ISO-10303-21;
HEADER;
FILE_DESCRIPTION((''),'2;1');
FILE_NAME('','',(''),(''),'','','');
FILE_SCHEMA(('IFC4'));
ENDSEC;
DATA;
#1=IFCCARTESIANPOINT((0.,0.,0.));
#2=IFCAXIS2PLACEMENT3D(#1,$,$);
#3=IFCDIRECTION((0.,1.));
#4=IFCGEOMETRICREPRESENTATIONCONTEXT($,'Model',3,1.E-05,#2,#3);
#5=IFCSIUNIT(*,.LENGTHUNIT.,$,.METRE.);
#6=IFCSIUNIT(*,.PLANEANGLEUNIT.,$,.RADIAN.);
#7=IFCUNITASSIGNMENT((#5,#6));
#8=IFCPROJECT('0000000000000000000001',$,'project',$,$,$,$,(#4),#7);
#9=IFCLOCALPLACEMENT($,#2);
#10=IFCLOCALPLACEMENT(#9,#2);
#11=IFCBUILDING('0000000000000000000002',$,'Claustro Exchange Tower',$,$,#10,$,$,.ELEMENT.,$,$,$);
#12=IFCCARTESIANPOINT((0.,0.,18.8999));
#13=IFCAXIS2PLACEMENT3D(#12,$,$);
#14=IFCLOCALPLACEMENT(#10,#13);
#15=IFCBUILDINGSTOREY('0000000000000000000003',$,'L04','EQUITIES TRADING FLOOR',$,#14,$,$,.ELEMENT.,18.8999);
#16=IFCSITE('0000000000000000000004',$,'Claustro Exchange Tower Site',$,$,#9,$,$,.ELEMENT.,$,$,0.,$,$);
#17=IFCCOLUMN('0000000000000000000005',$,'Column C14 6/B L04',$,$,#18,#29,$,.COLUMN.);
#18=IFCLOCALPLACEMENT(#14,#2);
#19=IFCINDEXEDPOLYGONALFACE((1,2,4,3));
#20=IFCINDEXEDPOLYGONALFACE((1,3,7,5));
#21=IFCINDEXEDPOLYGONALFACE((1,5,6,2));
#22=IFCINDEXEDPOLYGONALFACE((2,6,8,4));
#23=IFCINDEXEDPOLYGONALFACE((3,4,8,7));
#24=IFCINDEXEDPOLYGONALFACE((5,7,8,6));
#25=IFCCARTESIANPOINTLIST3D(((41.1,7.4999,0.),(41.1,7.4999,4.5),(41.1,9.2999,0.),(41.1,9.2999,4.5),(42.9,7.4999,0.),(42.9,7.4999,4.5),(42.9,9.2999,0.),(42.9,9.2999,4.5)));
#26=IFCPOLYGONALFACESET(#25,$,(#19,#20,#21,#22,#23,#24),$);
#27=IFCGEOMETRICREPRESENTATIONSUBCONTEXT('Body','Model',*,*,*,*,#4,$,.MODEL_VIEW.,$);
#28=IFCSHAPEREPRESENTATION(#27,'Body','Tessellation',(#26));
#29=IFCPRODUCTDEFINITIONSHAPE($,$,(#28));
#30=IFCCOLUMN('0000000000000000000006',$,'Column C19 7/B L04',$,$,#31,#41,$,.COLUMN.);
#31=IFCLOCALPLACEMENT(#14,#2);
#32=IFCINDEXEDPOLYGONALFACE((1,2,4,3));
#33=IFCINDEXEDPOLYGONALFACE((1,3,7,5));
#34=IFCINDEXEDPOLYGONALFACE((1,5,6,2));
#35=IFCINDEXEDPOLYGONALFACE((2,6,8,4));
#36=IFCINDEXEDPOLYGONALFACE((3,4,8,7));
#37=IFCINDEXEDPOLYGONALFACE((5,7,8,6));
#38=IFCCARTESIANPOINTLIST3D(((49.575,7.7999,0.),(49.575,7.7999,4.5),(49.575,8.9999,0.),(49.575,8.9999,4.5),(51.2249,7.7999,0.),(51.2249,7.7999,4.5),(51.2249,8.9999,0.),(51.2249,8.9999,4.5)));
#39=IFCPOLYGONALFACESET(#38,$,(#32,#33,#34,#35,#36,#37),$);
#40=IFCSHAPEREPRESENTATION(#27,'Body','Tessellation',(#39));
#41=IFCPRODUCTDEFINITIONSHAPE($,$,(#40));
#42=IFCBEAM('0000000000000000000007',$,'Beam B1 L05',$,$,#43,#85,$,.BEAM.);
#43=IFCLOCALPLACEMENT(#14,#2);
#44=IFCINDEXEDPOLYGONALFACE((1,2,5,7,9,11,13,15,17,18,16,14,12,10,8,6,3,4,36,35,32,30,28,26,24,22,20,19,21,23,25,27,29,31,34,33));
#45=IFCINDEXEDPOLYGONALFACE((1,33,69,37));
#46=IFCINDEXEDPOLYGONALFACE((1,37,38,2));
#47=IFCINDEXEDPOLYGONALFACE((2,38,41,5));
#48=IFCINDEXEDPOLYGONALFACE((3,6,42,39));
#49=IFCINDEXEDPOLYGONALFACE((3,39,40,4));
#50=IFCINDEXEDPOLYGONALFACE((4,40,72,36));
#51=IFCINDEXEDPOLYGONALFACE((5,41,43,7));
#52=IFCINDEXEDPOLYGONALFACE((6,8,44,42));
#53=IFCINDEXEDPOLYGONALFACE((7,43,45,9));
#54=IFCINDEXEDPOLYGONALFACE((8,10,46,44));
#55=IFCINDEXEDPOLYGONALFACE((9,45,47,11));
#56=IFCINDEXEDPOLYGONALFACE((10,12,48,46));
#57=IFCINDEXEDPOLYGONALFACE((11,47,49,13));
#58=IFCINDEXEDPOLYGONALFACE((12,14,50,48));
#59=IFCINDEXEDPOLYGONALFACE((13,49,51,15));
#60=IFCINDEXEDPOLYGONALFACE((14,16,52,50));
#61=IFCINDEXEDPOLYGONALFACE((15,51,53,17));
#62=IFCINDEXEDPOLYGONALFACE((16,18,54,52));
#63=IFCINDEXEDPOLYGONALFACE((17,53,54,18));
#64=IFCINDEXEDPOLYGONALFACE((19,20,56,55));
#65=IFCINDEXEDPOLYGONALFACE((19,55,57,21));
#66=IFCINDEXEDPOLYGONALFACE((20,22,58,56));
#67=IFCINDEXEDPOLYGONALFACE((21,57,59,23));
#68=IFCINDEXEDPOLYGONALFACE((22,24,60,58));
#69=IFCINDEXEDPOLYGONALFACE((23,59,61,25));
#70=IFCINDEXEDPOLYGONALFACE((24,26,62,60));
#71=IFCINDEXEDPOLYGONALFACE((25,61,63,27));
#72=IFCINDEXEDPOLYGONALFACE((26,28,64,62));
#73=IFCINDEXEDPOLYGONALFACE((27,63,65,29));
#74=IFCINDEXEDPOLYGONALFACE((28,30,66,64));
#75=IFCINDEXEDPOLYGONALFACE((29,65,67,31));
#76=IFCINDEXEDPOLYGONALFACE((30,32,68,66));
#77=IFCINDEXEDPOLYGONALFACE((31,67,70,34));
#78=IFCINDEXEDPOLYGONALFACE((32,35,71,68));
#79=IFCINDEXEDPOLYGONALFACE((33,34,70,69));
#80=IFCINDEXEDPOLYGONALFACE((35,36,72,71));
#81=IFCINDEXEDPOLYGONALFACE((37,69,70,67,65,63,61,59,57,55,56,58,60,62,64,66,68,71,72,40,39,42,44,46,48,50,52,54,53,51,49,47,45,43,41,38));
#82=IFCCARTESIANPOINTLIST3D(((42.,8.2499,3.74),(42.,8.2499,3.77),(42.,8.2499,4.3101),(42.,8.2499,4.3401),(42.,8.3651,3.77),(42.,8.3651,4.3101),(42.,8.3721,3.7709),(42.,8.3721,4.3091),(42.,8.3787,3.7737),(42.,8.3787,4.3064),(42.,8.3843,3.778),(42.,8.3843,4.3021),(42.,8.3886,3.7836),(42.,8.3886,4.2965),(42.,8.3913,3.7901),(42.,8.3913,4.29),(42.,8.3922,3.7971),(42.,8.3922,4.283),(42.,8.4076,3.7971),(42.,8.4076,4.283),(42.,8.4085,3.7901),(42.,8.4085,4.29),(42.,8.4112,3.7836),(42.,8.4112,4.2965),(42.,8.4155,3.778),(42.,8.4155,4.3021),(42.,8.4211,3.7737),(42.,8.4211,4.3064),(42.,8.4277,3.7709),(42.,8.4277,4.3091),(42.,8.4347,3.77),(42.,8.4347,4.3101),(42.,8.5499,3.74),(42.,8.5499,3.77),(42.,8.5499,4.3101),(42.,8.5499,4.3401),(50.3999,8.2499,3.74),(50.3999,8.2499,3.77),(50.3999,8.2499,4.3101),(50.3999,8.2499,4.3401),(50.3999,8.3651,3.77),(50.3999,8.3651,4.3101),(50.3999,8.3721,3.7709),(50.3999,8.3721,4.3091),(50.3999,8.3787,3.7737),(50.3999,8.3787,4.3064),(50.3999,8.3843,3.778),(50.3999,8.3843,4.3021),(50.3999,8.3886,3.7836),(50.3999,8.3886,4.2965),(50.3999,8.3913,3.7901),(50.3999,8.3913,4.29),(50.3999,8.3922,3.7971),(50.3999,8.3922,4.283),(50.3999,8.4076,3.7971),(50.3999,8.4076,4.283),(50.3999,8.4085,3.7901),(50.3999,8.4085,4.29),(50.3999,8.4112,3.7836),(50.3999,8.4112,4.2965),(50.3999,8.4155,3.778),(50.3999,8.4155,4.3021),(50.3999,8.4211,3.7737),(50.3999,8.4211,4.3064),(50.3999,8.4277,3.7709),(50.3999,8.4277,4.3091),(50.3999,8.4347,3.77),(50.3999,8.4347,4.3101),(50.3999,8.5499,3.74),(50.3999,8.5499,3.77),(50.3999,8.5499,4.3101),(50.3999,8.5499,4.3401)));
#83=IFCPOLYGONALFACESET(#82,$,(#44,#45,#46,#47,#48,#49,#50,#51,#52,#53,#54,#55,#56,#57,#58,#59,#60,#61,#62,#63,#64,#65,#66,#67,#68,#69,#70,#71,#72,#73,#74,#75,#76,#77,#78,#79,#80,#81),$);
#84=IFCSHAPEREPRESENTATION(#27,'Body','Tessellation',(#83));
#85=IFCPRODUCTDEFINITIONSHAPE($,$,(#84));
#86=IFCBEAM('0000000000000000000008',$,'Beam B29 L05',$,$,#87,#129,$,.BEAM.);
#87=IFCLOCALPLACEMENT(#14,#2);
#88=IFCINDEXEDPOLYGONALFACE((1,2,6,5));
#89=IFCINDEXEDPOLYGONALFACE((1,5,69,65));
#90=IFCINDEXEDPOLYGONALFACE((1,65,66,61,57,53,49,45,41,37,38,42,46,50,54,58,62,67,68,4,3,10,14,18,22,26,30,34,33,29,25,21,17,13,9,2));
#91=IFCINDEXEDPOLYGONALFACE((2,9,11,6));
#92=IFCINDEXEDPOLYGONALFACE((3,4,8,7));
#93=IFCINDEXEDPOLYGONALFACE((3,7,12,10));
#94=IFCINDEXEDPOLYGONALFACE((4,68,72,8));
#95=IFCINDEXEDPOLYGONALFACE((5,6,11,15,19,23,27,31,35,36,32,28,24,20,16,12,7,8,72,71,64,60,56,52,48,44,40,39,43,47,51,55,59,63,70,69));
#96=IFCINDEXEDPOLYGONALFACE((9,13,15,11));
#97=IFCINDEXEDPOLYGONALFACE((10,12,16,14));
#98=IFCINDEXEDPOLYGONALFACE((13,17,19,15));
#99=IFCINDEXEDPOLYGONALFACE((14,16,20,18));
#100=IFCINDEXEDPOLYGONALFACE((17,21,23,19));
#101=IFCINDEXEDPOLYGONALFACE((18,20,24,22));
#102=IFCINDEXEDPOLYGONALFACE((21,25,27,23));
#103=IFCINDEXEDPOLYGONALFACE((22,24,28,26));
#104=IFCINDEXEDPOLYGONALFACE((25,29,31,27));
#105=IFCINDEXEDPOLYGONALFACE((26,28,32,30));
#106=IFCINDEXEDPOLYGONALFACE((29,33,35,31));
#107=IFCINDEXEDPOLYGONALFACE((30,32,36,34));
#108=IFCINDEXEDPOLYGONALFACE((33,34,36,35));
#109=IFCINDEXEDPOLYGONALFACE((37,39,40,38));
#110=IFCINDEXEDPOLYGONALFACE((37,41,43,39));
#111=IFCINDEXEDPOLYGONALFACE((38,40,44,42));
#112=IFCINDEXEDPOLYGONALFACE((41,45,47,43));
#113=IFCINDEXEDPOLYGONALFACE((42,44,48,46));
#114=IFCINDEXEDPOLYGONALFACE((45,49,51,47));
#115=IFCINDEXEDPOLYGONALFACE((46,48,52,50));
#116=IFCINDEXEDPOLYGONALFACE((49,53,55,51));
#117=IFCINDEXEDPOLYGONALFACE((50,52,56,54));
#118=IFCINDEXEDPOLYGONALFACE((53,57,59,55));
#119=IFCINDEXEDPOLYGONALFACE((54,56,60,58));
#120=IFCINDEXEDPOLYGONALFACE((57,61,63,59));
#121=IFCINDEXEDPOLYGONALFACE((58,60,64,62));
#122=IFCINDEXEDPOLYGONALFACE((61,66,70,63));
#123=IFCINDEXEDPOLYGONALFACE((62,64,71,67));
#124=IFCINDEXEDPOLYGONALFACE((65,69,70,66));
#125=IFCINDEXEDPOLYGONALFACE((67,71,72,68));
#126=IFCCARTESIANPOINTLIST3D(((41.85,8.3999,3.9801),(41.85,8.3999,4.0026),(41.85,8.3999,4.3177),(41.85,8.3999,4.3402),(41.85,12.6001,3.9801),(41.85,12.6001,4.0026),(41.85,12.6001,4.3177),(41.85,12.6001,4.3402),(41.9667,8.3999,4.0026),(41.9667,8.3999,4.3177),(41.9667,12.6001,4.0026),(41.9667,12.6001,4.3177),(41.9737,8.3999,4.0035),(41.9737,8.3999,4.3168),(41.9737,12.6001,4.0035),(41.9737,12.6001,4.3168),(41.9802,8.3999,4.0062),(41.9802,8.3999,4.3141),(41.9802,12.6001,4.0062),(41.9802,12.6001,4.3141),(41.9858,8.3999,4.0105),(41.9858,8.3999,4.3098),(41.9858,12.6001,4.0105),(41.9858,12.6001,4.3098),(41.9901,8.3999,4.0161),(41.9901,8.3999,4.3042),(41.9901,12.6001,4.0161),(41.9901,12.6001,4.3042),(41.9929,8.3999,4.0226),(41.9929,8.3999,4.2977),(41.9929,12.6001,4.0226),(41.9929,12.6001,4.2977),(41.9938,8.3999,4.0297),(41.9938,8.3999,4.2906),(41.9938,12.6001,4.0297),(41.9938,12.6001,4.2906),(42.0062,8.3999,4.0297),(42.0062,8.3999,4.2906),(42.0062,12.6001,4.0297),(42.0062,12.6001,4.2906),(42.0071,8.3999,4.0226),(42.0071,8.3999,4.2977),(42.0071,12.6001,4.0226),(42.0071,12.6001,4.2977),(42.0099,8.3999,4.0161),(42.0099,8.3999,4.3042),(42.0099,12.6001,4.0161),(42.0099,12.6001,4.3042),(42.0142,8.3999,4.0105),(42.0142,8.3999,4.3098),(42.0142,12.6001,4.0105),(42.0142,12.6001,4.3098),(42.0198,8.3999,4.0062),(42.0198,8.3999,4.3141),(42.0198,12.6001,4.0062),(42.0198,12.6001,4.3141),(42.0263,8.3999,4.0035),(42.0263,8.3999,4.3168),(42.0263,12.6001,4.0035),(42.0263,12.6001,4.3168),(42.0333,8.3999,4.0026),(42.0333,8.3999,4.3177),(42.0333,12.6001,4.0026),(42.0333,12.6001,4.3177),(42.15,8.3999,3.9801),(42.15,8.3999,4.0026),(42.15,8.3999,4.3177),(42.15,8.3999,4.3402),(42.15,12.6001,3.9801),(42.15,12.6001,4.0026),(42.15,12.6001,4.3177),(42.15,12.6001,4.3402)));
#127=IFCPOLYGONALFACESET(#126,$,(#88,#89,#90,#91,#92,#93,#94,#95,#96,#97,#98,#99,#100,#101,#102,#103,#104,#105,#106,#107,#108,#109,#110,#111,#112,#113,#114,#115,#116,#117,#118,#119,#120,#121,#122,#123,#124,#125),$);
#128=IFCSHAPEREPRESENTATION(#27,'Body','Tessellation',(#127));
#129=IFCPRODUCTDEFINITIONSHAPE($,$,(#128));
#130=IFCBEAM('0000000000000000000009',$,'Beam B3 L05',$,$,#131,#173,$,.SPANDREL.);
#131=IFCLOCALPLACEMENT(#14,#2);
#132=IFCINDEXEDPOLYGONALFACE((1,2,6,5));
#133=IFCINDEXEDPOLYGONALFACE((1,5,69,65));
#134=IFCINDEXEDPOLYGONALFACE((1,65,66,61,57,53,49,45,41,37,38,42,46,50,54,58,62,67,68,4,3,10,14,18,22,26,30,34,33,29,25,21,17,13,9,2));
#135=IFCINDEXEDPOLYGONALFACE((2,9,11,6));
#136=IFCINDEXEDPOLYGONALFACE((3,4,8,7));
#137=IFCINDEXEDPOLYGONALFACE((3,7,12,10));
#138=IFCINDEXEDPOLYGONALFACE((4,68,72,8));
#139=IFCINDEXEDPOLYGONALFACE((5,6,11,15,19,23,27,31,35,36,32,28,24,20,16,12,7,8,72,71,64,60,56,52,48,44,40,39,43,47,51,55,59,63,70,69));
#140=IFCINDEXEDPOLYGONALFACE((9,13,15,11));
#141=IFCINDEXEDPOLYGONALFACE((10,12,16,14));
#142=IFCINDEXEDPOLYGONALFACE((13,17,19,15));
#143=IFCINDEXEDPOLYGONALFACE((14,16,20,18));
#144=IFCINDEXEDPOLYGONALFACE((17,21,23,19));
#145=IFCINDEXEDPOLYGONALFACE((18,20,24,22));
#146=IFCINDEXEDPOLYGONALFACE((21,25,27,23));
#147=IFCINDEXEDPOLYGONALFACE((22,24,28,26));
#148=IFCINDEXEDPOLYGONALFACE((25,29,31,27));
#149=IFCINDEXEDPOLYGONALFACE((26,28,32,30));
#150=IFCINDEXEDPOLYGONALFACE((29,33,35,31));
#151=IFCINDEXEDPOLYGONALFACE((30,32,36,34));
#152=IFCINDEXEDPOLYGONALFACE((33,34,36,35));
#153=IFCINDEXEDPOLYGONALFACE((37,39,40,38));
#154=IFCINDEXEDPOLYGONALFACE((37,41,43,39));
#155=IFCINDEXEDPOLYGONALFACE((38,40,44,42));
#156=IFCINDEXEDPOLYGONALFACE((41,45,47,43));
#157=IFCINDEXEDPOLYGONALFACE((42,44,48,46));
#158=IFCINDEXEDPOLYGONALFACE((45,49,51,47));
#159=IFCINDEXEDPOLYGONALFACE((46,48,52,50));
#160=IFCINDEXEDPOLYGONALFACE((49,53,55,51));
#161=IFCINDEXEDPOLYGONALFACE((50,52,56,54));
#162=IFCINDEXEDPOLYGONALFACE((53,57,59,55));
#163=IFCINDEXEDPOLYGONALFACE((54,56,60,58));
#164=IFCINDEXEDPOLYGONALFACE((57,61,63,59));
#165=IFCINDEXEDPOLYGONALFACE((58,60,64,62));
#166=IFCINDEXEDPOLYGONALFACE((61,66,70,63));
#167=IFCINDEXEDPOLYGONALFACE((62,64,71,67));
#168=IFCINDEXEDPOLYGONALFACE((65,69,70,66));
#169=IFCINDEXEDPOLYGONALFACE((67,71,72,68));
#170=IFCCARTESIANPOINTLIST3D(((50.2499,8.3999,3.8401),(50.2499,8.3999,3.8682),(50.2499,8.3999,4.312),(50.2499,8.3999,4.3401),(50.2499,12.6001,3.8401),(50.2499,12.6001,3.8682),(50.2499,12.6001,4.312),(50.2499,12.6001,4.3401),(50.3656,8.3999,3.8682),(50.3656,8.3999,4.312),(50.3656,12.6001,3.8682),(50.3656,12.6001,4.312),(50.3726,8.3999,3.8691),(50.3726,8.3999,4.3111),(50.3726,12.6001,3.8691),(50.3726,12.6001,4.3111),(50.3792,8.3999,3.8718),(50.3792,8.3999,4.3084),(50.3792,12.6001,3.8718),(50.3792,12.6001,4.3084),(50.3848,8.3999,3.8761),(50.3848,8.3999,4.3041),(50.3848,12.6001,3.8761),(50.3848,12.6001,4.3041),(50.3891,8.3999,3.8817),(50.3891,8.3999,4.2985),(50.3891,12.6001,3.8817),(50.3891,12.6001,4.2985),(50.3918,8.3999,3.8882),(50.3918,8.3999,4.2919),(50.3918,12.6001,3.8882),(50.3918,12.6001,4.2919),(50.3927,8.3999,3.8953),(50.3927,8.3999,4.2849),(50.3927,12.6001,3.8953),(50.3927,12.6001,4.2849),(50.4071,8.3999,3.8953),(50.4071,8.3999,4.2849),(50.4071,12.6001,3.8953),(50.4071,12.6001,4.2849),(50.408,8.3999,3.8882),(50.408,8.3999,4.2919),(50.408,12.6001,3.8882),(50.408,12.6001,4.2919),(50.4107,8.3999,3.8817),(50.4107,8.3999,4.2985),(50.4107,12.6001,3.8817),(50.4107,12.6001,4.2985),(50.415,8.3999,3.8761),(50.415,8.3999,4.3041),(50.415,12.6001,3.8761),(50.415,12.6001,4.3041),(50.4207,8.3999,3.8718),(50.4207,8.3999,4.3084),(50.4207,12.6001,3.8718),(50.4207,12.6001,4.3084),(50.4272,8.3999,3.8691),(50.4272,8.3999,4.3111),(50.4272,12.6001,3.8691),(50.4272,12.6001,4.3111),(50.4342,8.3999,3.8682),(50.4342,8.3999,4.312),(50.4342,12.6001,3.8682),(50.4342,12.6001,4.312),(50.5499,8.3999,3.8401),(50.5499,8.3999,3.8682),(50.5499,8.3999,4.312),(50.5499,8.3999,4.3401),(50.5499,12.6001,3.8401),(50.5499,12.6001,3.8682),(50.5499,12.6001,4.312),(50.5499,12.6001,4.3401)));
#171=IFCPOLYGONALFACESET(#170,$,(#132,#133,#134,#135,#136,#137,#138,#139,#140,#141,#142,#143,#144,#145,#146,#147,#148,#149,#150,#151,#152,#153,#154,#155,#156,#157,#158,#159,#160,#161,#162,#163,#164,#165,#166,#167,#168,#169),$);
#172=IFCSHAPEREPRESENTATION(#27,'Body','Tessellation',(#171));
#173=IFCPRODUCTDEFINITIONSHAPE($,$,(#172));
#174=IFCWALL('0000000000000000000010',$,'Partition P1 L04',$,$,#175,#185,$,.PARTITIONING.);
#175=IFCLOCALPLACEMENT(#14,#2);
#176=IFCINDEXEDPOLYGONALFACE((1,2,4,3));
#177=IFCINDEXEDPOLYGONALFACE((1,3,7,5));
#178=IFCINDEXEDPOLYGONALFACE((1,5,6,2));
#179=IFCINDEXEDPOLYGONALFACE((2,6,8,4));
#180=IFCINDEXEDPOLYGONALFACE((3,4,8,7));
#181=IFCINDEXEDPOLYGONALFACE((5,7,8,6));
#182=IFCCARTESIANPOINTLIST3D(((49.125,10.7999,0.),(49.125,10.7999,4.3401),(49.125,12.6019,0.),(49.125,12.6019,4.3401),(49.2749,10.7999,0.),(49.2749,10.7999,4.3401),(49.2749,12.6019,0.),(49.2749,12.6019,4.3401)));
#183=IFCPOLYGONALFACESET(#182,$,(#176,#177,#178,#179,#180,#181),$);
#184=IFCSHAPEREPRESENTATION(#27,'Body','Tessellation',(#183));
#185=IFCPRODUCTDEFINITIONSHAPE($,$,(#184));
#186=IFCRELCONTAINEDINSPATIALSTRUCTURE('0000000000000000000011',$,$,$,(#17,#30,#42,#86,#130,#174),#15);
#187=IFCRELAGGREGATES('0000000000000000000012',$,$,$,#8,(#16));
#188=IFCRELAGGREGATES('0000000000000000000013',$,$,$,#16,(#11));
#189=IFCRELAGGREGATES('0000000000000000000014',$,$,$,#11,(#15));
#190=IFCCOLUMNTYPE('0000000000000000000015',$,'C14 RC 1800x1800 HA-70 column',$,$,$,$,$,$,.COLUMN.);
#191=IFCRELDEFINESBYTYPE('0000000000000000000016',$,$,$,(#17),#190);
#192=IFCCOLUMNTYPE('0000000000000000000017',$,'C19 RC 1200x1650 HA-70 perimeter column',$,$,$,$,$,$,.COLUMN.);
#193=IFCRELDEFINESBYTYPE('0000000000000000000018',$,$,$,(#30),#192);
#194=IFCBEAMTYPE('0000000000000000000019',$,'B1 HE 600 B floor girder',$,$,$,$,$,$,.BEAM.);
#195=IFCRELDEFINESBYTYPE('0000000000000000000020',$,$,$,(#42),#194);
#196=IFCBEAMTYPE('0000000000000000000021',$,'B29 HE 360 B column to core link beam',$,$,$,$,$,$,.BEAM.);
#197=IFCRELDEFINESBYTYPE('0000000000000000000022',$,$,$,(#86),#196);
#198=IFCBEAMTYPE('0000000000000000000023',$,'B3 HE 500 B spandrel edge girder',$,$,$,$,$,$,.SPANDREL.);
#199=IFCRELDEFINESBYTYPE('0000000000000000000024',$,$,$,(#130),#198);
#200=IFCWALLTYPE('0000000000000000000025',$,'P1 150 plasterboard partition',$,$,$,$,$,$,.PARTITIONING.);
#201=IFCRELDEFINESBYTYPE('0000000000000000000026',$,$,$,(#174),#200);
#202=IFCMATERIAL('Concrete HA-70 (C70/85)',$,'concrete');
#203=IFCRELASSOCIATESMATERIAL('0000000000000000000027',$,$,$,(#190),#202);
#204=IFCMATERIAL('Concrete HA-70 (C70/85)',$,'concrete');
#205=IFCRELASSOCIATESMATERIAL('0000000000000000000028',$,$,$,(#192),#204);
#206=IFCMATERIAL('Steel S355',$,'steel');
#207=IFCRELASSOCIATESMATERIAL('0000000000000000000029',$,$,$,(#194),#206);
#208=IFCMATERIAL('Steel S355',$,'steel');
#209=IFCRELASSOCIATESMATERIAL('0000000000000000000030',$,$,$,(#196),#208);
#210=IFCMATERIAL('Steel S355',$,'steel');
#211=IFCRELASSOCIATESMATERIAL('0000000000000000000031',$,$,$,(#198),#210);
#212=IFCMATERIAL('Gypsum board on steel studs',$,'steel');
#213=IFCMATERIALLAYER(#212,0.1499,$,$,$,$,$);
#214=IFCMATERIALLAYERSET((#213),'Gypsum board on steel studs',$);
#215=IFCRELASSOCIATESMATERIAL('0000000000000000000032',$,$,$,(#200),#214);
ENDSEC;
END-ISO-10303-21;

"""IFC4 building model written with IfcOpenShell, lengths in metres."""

from ifc_helpers import new_model, si_unit, direction, frame, frame_2d, origin, origin_2d, place, context, subcontext, project, spatial, rectangle, i_section, extrude, material, layer, layer_set, material_profile, profile_set, type_object, element, save


model = new_model("IFC4")

# Units and contexts
model_context = context("Model", 3, precision=1e-05, world=origin(), true_north=direction((0.0, 1.0)))
body_context = subcontext(model_context, "Body", "Model", "MODEL_VIEW")
ifc_project = project(units=[si_unit("LENGTHUNIT", "METRE"), si_unit("PLANEANGLEUNIT", "RADIAN")], contexts=[model_context])

# Site, building, storey
site_placement = place(None, origin())
site = spatial("IfcSite", under=ifc_project, at=site_placement, Name="Claustro Exchange Tower Site", CompositionType="ELEMENT", RefElevation=0.0)
building_placement = place(site_placement, origin())
building = spatial("IfcBuilding", under=site, at=building_placement, Name="Claustro Exchange Tower", CompositionType="ELEMENT")
storey_placement = place(building_placement, frame((0.0, 0.0, 18.8999)))
storey = spatial("IfcBuildingStorey", under=building, at=storey_placement, Name="L04", Description="EQUITIES TRADING FLOOR", CompositionType="ELEMENT", Elevation=18.8999)

# Columns
ifc_material_1 = material(Name="Concrete HA-70 (C70/85)", Category="concrete")
ifc_material_profile_1 = material_profile(ifc_material_1, rectangle(XDim=1.8, YDim=1.8, at=origin_2d()), Name="RC 1800x1800")
ifc_profile_set_1 = profile_set([ifc_material_profile_1], Name="Concrete HA-70 (C70/85)")
column_type_1 = type_object("IfcColumnType", Name="C14 RC 1800x1800 HA-70 column", PredefinedType="COLUMN", material=ifc_profile_set_1)
column_1_placement = place(storey_placement, frame((42.0, 8.3999, 0.0), z_axis=(0.0, 0.0, 1.0), x_axis=(1.0, 0.0, 0.0)))
element("IfcColumn", 1, at=column_1_placement, inside=storey, type_object=column_type_1, Name="Column C14 6/B L04", PredefinedType="COLUMN", context=body_context, shape_type="SweptSolid", body=[
    extrude(rectangle(XDim=1.8, YDim=1.8, at=origin_2d()), origin(), (0.0, 0.0, 1.0), 4.5),
])
ifc_material_2 = material(Name="Concrete HA-70 (C70/85)", Category="concrete")
ifc_material_profile_2 = material_profile(ifc_material_2, rectangle(XDim=1.2, YDim=1.6499, at=origin_2d()), Name="RC 1200x1650")
ifc_profile_set_2 = profile_set([ifc_material_profile_2], Name="Concrete HA-70 (C70/85)")
column_type_2 = type_object("IfcColumnType", Name="C19 RC 1200x1650 HA-70 perimeter column", PredefinedType="COLUMN", material=ifc_profile_set_2)
column_2_placement = place(storey_placement, frame((50.3999, 8.3999, 0.0), z_axis=(0.0, 0.0, 1.0), x_axis=(0.0, 1.0, 0.0)))
element("IfcColumn", 2, at=column_2_placement, inside=storey, type_object=column_type_2, Name="Column C19 7/B L04", PredefinedType="COLUMN", context=body_context, shape_type="SweptSolid", body=[
    extrude(rectangle(XDim=1.2, YDim=1.6499, at=origin_2d()), origin(), (0.0, 0.0, 1.0), 4.5),
])

# Beams
ifc_material_3 = material(Name="Steel S355", Category="steel")
ifc_material_profile_3 = material_profile(ifc_material_3, i_section(OverallWidth=0.3, OverallDepth=0.6001, WebThickness=0.0154, FlangeThickness=0.03, FilletRadius=0.0271, at=origin_2d()), Name="HE 600 B")
ifc_profile_set_3 = profile_set([ifc_material_profile_3], Name="Steel S355")
beam_type_1 = type_object("IfcBeamType", Name="B1 HE 600 B floor girder", PredefinedType="BEAM", material=ifc_profile_set_3)
beam_1_placement = place(storey_placement, frame((42.0, 8.3999, 4.04), z_axis=(1.0, 0.0, 0.0), x_axis=(0.0, 1.0, 0.0)))
element("IfcBeam", 3, at=beam_1_placement, inside=storey, type_object=beam_type_1, Name="Beam B1 L05", PredefinedType="BEAM", context=body_context, shape_type="SweptSolid", body=[
    extrude(i_section(OverallWidth=0.3, OverallDepth=0.6001, WebThickness=0.0154, FlangeThickness=0.03, FilletRadius=0.0271, at=origin_2d()), origin(), (0.0, 0.0, 1.0), 8.3999),
])
ifc_material_4 = material(Name="Steel S355", Category="steel")
ifc_material_profile_4 = material_profile(ifc_material_4, i_section(OverallWidth=0.3, OverallDepth=0.3601, WebThickness=0.0125, FlangeThickness=0.0225, FilletRadius=0.0271, at=origin_2d()), Name="HE 360 B")
ifc_profile_set_4 = profile_set([ifc_material_profile_4], Name="Steel S355")
beam_type_2 = type_object("IfcBeamType", Name="B29 HE 360 B column to core link beam", PredefinedType="BEAM", material=ifc_profile_set_4)
beam_2_placement = place(storey_placement, frame((42.0, 8.3999, 4.1602), z_axis=(0.0, 1.0, 0.0), x_axis=(-1.0, 0.0, 0.0)))
element("IfcBeam", 4, at=beam_2_placement, inside=storey, type_object=beam_type_2, Name="Beam B29 L05", PredefinedType="BEAM", context=body_context, shape_type="SweptSolid", body=[
    extrude(i_section(OverallWidth=0.3, OverallDepth=0.3601, WebThickness=0.0125, FlangeThickness=0.0225, FilletRadius=0.0271, at=origin_2d()), origin(), (0.0, 0.0, 1.0), 4.2002),
])
ifc_material_5 = material(Name="Steel S355", Category="steel")
ifc_material_profile_5 = material_profile(ifc_material_5, i_section(OverallWidth=0.3, OverallDepth=0.5, WebThickness=0.0144, FlangeThickness=0.0281, FilletRadius=0.0271, at=origin_2d()), Name="HE 500 B")
ifc_profile_set_5 = profile_set([ifc_material_profile_5], Name="Steel S355")
beam_type_3 = type_object("IfcBeamType", Name="B3 HE 500 B spandrel edge girder", PredefinedType="SPANDREL", material=ifc_profile_set_5)
beam_3_placement = place(storey_placement, frame((50.3999, 8.3999, 4.0901), z_axis=(0.0, 1.0, 0.0), x_axis=(-1.0, 0.0, 0.0)))
element("IfcBeam", 5, at=beam_3_placement, inside=storey, type_object=beam_type_3, Name="Beam B3 L05", PredefinedType="SPANDREL", context=body_context, shape_type="SweptSolid", body=[
    extrude(i_section(OverallWidth=0.3, OverallDepth=0.5, WebThickness=0.0144, FlangeThickness=0.0281, FilletRadius=0.0271, at=origin_2d()), origin(), (0.0, 0.0, 1.0), 4.2002),
])

# Wall
ifc_material_6 = material(Name="Gypsum board on steel studs", Category="steel")
ifc_layer_1 = layer(ifc_material_6, 0.1499)
ifc_layer_set_1 = layer_set([ifc_layer_1], Name="Gypsum board on steel studs")
wall_type_1 = type_object("IfcWallType", Name="P1 150 plasterboard partition", PredefinedType="PARTITIONING", material=ifc_layer_set_1)
wall_1_placement = place(storey_placement, frame((49.2, 10.8, 0.0), z_axis=(0.0, 0.0, 1.0), x_axis=(0.0, 1.0, 0.0)))
element("IfcWall", 6, at=wall_1_placement, inside=storey, type_object=wall_type_1, Name="Partition P1 L04", PredefinedType="PARTITIONING", context=body_context, shape_type="SweptSolid", body=[
    extrude(rectangle(XDim=1.802, YDim=0.1499, at=frame_2d((0.9009, 0.0))), origin(), (0.0, 0.0, 1.0), 4.3401),
])

save(model, "model.ifc")
